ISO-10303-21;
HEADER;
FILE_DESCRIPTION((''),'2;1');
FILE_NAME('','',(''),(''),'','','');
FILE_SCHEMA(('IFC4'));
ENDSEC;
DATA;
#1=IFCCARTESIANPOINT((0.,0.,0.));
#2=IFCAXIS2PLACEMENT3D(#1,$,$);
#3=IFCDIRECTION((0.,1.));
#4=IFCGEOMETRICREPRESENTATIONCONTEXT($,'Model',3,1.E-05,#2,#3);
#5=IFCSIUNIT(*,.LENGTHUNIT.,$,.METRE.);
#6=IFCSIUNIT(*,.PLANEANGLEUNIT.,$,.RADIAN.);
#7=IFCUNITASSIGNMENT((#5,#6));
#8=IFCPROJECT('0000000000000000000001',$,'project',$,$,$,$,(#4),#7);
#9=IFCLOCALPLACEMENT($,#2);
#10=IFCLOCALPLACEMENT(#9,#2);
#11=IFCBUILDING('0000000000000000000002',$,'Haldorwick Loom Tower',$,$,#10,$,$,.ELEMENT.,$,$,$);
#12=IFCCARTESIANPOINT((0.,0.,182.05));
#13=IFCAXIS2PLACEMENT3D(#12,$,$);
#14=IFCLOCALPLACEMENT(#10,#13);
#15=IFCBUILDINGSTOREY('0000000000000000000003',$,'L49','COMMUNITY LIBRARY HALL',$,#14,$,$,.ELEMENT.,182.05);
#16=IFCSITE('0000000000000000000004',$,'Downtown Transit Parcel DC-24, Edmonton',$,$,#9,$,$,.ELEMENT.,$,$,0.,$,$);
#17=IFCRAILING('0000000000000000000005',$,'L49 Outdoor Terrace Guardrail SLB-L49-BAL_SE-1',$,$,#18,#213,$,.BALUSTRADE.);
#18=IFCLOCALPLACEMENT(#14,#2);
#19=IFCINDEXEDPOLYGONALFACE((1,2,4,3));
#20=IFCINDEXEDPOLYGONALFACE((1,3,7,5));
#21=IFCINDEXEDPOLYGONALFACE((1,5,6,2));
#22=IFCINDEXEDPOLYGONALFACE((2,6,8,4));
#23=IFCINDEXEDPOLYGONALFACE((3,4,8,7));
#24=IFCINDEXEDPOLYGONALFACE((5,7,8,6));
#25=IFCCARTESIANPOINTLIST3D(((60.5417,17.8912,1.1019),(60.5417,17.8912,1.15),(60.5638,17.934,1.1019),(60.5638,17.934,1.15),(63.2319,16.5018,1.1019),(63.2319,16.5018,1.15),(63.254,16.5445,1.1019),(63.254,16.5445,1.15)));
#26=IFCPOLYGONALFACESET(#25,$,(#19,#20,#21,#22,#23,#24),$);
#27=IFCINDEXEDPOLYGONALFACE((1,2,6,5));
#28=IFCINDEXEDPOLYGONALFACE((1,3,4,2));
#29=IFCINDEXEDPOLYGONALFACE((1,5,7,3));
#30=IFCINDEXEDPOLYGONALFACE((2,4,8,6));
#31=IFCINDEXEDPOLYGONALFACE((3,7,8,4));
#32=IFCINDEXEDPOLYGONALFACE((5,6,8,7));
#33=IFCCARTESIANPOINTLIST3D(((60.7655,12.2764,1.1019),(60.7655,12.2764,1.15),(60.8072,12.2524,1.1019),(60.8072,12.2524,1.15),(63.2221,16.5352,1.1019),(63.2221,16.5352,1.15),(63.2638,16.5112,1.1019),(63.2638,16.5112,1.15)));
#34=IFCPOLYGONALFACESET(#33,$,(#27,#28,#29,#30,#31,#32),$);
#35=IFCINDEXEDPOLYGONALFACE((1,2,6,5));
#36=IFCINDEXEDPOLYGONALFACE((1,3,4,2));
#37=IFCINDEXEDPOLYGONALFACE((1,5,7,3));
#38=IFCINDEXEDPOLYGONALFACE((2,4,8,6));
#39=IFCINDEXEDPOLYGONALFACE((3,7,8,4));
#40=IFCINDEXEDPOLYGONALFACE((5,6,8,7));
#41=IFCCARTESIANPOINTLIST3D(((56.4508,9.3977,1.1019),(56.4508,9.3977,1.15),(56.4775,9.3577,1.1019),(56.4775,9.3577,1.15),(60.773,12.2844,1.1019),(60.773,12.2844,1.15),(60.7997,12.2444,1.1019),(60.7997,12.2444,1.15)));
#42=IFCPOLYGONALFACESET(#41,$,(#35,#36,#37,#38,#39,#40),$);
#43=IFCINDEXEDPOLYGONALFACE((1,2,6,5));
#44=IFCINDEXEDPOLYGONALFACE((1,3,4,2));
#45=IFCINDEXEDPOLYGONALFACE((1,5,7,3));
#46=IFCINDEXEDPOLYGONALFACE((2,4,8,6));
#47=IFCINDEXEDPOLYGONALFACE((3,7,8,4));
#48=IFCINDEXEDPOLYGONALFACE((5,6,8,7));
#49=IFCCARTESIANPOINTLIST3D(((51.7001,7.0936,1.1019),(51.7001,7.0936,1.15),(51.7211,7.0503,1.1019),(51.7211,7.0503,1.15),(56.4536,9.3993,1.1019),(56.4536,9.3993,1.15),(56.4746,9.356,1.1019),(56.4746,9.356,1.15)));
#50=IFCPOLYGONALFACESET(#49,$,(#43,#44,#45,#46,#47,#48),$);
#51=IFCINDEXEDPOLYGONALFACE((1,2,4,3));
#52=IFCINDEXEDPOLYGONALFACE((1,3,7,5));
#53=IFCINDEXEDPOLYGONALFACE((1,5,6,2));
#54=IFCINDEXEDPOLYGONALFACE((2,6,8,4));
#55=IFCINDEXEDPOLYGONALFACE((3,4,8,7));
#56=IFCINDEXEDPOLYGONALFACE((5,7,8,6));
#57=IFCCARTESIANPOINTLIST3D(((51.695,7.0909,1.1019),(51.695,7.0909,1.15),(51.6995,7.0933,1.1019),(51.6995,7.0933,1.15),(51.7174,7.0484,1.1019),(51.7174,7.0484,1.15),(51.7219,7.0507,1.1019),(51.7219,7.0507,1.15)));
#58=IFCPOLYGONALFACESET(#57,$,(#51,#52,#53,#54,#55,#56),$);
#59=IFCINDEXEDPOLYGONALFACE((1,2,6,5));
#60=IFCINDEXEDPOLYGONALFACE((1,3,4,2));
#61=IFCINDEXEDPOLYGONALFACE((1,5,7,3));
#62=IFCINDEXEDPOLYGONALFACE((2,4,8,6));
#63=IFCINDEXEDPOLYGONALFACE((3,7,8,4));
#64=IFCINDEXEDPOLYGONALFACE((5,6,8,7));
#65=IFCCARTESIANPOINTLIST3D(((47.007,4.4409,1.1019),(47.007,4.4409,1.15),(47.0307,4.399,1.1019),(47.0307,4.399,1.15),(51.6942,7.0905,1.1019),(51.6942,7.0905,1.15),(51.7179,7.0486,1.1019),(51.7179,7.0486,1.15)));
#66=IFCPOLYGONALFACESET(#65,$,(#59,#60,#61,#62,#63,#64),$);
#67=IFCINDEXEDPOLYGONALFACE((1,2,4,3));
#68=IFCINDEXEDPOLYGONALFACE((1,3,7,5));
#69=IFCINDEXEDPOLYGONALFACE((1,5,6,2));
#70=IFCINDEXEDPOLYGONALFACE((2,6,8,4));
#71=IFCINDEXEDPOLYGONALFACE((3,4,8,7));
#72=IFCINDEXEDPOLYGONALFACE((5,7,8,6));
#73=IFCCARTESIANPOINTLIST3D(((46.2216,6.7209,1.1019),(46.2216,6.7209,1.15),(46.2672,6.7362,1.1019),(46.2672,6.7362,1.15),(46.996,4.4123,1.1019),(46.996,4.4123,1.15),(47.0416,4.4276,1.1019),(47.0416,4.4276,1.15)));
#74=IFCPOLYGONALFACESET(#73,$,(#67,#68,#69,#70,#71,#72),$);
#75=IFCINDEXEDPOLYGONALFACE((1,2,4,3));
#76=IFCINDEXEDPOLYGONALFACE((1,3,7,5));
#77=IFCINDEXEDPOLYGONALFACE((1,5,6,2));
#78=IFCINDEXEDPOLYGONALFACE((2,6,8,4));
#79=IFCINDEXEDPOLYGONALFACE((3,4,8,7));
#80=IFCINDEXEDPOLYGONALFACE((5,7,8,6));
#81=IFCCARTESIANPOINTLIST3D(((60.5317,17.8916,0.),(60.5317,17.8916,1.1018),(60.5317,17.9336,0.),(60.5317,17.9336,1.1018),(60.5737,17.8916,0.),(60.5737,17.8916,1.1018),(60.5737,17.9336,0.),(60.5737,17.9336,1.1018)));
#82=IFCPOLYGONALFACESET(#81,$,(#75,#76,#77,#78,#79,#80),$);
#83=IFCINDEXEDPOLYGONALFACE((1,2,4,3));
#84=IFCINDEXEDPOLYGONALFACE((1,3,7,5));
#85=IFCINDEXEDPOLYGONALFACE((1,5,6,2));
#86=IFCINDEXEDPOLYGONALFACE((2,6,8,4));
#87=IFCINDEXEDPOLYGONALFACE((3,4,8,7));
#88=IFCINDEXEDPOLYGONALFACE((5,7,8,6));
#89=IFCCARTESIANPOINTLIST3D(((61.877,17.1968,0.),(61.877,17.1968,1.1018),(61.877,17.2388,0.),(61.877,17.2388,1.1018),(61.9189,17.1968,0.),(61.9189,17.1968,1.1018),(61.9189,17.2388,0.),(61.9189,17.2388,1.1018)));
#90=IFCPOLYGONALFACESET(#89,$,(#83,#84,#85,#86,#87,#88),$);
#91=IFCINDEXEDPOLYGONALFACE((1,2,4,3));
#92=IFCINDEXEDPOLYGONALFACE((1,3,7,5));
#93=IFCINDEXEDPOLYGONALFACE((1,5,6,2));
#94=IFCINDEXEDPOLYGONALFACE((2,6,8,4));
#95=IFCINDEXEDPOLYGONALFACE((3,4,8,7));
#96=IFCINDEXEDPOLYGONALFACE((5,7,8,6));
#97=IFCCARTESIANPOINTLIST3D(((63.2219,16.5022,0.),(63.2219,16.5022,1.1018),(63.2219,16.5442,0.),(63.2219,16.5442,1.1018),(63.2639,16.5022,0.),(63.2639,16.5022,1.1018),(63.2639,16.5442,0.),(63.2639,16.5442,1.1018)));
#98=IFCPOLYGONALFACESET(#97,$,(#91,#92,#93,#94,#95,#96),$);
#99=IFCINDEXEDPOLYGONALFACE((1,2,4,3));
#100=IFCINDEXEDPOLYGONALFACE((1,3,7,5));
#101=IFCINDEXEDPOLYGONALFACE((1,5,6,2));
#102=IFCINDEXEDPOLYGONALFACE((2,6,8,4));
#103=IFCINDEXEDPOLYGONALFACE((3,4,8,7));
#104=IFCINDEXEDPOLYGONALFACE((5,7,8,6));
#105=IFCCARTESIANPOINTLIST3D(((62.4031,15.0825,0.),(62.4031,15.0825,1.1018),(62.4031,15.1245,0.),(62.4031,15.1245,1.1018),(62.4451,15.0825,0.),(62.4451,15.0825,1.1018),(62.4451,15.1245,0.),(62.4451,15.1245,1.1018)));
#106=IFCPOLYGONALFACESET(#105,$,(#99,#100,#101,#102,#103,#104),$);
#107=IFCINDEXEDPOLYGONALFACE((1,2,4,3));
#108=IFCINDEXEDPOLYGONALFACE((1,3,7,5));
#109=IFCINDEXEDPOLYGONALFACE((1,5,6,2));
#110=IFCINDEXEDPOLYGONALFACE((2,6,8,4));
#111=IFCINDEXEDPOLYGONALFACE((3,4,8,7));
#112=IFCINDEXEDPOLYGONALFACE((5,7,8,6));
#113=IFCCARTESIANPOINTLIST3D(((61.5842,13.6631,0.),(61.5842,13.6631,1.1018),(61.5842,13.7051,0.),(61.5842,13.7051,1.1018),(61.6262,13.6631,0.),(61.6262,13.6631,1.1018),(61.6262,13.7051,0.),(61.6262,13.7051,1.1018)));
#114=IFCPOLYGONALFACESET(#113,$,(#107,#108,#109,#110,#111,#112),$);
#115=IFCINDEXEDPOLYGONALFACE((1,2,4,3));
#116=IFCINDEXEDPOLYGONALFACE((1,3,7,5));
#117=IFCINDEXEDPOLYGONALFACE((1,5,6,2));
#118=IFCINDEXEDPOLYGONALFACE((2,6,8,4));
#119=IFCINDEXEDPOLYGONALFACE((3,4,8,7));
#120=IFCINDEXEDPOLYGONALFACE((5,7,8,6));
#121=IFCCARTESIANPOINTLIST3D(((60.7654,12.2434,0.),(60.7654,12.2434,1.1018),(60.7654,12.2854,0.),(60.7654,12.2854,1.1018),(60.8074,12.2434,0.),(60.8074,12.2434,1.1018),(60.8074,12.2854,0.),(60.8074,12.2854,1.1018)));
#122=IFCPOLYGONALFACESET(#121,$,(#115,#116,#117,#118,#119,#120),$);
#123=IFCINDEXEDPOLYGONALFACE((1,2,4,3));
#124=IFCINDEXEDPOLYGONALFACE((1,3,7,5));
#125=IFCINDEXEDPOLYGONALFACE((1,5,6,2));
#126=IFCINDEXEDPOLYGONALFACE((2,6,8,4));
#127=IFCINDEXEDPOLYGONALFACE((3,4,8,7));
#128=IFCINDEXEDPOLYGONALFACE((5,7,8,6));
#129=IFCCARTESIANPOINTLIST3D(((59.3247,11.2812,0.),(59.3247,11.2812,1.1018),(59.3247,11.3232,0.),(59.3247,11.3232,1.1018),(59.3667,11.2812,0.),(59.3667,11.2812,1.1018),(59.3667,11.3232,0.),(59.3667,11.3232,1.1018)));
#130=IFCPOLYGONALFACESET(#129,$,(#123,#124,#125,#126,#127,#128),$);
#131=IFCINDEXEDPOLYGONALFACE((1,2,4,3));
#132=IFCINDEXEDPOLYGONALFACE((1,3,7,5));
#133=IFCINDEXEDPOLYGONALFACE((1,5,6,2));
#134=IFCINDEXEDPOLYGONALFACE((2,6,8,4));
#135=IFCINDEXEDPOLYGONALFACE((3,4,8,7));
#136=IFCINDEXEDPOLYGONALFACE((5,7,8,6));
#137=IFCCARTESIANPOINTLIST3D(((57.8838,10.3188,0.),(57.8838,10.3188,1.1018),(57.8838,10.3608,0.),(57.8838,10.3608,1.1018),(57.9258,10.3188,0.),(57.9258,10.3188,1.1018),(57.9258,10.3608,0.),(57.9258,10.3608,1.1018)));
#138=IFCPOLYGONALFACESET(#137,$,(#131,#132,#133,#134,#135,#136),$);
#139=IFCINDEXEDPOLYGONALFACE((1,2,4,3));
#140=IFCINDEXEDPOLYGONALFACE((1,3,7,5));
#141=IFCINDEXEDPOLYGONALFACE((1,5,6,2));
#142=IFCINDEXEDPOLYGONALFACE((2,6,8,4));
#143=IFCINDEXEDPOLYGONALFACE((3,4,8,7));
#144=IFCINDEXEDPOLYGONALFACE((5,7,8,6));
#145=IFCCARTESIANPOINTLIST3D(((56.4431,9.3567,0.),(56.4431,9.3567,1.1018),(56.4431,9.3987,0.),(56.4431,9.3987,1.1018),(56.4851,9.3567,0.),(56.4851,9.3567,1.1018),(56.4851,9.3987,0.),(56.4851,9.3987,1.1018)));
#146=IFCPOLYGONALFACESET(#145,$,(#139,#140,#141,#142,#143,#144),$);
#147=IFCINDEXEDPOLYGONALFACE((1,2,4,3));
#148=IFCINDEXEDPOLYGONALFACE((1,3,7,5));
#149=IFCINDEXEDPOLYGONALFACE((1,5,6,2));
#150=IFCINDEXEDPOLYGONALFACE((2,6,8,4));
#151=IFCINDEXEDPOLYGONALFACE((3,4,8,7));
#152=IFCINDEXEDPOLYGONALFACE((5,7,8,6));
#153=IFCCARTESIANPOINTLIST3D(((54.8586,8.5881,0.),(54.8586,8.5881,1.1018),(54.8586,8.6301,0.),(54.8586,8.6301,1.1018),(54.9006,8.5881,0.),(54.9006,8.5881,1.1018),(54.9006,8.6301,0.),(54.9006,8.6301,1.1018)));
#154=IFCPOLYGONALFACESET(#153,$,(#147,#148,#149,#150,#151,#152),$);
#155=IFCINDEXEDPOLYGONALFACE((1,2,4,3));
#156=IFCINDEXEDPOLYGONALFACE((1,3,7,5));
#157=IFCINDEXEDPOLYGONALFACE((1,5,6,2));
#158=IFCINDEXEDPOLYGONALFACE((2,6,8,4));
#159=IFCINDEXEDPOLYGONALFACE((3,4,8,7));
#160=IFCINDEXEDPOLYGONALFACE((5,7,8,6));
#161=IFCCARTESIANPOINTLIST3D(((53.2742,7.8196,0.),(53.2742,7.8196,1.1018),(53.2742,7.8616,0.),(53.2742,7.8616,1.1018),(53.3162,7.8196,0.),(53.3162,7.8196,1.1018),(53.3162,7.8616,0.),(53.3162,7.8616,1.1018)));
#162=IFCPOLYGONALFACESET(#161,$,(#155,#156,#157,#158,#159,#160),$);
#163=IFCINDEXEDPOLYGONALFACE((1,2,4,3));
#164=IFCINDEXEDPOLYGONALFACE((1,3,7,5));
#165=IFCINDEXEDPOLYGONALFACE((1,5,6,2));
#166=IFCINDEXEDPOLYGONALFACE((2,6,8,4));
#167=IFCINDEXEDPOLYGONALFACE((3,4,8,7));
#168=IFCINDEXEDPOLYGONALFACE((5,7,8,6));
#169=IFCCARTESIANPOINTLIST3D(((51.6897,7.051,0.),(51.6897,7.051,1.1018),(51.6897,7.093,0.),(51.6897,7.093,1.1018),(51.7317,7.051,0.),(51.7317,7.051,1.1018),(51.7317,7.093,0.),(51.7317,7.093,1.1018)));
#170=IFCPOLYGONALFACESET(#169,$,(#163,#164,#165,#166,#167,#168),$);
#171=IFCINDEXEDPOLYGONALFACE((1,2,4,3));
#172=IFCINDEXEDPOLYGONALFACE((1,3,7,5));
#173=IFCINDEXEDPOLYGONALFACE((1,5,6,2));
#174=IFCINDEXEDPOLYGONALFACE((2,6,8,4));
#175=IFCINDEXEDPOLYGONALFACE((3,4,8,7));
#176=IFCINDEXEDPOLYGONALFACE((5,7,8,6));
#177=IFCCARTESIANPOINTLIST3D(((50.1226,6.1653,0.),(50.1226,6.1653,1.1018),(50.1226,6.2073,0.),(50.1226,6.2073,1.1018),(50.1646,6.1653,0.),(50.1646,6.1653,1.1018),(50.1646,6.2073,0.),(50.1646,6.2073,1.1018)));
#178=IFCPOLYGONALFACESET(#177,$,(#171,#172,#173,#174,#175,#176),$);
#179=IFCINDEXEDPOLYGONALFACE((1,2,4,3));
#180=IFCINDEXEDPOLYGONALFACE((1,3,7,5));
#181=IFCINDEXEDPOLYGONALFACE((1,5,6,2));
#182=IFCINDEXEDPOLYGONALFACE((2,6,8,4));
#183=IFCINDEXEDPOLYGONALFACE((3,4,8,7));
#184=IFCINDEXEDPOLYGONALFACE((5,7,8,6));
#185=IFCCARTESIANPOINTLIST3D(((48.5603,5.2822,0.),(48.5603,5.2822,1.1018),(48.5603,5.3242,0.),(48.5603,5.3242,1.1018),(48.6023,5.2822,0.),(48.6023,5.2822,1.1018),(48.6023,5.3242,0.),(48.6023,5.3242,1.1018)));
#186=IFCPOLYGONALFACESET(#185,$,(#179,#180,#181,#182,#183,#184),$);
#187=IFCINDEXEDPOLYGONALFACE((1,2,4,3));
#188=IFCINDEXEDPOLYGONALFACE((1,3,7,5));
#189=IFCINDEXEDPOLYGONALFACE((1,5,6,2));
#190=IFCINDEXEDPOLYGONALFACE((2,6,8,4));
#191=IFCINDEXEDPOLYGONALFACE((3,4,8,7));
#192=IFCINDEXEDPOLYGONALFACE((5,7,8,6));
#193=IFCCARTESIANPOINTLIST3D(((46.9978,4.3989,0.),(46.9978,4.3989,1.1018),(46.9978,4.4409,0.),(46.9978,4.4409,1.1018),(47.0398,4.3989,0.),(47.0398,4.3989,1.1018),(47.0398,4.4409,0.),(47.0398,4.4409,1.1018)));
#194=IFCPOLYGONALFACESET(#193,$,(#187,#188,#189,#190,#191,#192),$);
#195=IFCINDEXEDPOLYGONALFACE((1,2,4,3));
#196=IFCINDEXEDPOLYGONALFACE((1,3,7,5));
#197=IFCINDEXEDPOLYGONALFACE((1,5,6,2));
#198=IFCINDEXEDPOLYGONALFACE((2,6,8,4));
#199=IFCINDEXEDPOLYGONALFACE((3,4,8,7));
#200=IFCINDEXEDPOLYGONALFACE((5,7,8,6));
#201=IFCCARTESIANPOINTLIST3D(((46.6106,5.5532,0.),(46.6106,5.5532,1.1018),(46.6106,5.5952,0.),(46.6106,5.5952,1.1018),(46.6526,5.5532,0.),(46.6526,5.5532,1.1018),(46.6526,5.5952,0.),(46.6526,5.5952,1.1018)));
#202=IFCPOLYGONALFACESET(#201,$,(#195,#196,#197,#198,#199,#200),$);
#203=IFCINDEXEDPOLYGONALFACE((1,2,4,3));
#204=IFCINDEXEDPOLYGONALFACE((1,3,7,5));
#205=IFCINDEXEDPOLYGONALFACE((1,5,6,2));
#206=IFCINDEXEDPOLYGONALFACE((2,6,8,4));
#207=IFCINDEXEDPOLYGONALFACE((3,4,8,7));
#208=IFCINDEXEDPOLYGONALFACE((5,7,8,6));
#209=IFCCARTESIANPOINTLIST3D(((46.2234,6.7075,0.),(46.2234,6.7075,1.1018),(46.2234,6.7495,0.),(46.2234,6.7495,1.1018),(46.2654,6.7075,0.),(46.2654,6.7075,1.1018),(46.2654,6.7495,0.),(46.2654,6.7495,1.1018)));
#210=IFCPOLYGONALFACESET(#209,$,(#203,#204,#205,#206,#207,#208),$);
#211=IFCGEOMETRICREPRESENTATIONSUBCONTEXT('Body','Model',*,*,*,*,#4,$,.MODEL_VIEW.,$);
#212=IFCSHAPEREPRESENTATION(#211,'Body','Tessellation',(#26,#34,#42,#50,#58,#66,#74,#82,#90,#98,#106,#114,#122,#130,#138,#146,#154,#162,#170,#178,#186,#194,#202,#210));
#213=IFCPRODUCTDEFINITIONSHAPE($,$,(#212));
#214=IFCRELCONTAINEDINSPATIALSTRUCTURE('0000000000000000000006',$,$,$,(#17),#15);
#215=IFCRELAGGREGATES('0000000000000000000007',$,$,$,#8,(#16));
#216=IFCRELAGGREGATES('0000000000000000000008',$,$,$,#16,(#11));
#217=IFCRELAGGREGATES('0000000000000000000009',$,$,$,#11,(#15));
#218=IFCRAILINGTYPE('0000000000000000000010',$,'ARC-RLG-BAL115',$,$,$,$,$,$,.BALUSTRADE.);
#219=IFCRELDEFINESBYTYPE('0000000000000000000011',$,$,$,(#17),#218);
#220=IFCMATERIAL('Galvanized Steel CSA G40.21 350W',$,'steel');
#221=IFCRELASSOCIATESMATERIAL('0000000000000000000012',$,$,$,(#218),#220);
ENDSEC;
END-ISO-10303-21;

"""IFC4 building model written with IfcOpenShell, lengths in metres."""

from ifc_helpers import new_model, si_unit, direction, frame, origin, origin_2d, place, context, subcontext, project, spatial, rectangle, extrude, material, type_object, element, save


model = new_model("IFC4")

# Units and contexts
model_context = context("Model", 3, precision=1e-05, world=origin(), true_north=direction((0.0, 1.0)))
body_context = subcontext(model_context, "Body", "Model", "MODEL_VIEW")
ifc_project = project(units=[si_unit("LENGTHUNIT", "METRE"), si_unit("PLANEANGLEUNIT", "RADIAN")], contexts=[model_context])

# Site, building, storey
site_placement = place(None, origin())
site = spatial("IfcSite", under=ifc_project, at=site_placement, Name="Downtown Transit Parcel DC-24, Edmonton", CompositionType="ELEMENT", RefElevation=0.0)
building_placement = place(site_placement, origin())
building = spatial("IfcBuilding", under=site, at=building_placement, Name="Haldorwick Loom Tower", CompositionType="ELEMENT")
storey_placement = place(building_placement, frame((0.0, 0.0, 182.05)))
storey = spatial("IfcBuildingStorey", under=building, at=storey_placement, Name="L49", Description="COMMUNITY LIBRARY HALL", CompositionType="ELEMENT", Elevation=182.05)

# Railing
ifc_material_1 = material(Name="Galvanized Steel CSA G40.21 350W", Category="steel")
railing_type = type_object("IfcRailingType", Name="ARC-RLG-BAL115", PredefinedType="BALUSTRADE", material=ifc_material_1)
railing_placement = place(storey_placement, frame((60.5527, 17.9126, 0.0)))
element("IfcRailing", 1, at=railing_placement, inside=storey, type_object=railing_type, Name="L49 Outdoor Terrace Guardrail SLB-L49-BAL_SE-1", PredefinedType="BALUSTRADE", context=body_context, shape_type="SweptSolid", body=[
    extrude(rectangle(XDim=0.0481, YDim=0.0481, at=origin_2d()), frame((0.0, 0.0, 1.126), z_axis=(0.888497, -0.458883, 0.0), x_axis=(0.458883, 0.888497, 0.0)), (0.0, 0.0, 1.0), 3.0278),
    extrude(rectangle(XDim=0.0481, YDim=0.0481, at=origin_2d()), frame((2.6902, -1.3894, 1.126), z_axis=(-0.499654, -0.866225, 0.0), x_axis=(0.866225, -0.499654, 0.0)), (0.0, 0.0, 1.0), 4.9165),
    extrude(rectangle(XDim=0.0481, YDim=0.0481, at=origin_2d()), frame((0.2336, -5.6482, 1.126), z_axis=(-0.831588, -0.555394, 0.0), x_axis=(0.555394, -0.831588, 0.0)), (0.0, 0.0, 1.0), 5.1975),
    extrude(rectangle(XDim=0.0481, YDim=0.0481, at=origin_2d()), frame((-4.0886, -8.5349, 1.126), z_axis=(-0.899742, -0.436423, 0.0), x_axis=(0.436423, -0.899742, 0.0)), (0.0, 0.0, 1.0), 5.2832),
    extrude(rectangle(XDim=0.0481, YDim=0.0481, at=origin_2d()), frame((-8.842, -10.8406, 1.126), z_axis=(-0.884918, -0.465746, 0.0), x_axis=(0.465746, -0.884918, 0.0)), (0.0, 0.0, 1.0), 0.0051),
    extrude(rectangle(XDim=0.0481, YDim=0.0481, at=origin_2d()), frame((-8.8467, -10.843, 1.126), z_axis=(-0.870536, -0.492105, 0.0), x_axis=(0.492105, -0.870536, 0.0)), (0.0, 0.0, 1.0), 5.3843),
    extrude(rectangle(XDim=0.0481, YDim=0.0481, at=origin_2d()), frame((-13.5339, -13.4927, 1.126), z_axis=(-0.318032, 0.94808, 0.0), x_axis=(-0.94808, -0.318032, 0.0)), (0.0, 0.0, 1.0), 2.4351),
    extrude(rectangle(XDim=0.042, YDim=0.042, at=origin_2d()), origin(), (0.0, 0.0, 1.0), 1.1018),
    extrude(rectangle(XDim=0.042, YDim=0.042, at=origin_2d()), frame((1.3452, -0.6948, 0.0)), (0.0, 0.0, 1.0), 1.1018),
    extrude(rectangle(XDim=0.042, YDim=0.042, at=origin_2d()), frame((2.6902, -1.3894, 0.0)), (0.0, 0.0, 1.0), 1.1018),
    extrude(rectangle(XDim=0.042, YDim=0.042, at=origin_2d()), frame((1.8713, -2.8091, 0.0)), (0.0, 0.0, 1.0), 1.1018),
    extrude(rectangle(XDim=0.042, YDim=0.042, at=origin_2d()), frame((1.0525, -4.2285, 0.0)), (0.0, 0.0, 1.0), 1.1018),
    extrude(rectangle(XDim=0.042, YDim=0.042, at=origin_2d()), frame((0.2336, -5.6482, 0.0)), (0.0, 0.0, 1.0), 1.1018),
    extrude(rectangle(XDim=0.042, YDim=0.042, at=origin_2d()), frame((-1.207, -6.6104, 0.0)), (0.0, 0.0, 1.0), 1.1018),
    extrude(rectangle(XDim=0.042, YDim=0.042, at=origin_2d()), frame((-2.6479, -7.5728, 0.0)), (0.0, 0.0, 1.0), 1.1018),
    extrude(rectangle(XDim=0.042, YDim=0.042, at=origin_2d()), frame((-4.0886, -8.5349, 0.0)), (0.0, 0.0, 1.0), 1.1018),
    extrude(rectangle(XDim=0.042, YDim=0.042, at=origin_2d()), frame((-5.6731, -9.3035, 0.0)), (0.0, 0.0, 1.0), 1.1018),
    extrude(rectangle(XDim=0.042, YDim=0.042, at=origin_2d()), frame((-7.2576, -10.072, 0.0)), (0.0, 0.0, 1.0), 1.1018),
    extrude(rectangle(XDim=0.042, YDim=0.042, at=origin_2d()), frame((-8.842, -10.8406, 0.0)), (0.0, 0.0, 1.0), 1.1018),
    extrude(rectangle(XDim=0.042, YDim=0.042, at=origin_2d()), frame((-10.4092, -11.7263, 0.0)), (0.0, 0.0, 1.0), 1.1018),
    extrude(rectangle(XDim=0.042, YDim=0.042, at=origin_2d()), frame((-11.9714, -12.6094, 0.0)), (0.0, 0.0, 1.0), 1.1018),
    extrude(rectangle(XDim=0.042, YDim=0.042, at=origin_2d()), frame((-13.5339, -13.4927, 0.0)), (0.0, 0.0, 1.0), 1.1018),
    extrude(rectangle(XDim=0.042, YDim=0.042, at=origin_2d()), frame((-13.9211, -12.3384, 0.0)), (0.0, 0.0, 1.0), 1.1018),
    extrude(rectangle(XDim=0.042, YDim=0.042, at=origin_2d()), frame((-14.3083, -11.1841, 0.0)), (0.0, 0.0, 1.0), 1.1018),
])

save(model, "model.ifc")
